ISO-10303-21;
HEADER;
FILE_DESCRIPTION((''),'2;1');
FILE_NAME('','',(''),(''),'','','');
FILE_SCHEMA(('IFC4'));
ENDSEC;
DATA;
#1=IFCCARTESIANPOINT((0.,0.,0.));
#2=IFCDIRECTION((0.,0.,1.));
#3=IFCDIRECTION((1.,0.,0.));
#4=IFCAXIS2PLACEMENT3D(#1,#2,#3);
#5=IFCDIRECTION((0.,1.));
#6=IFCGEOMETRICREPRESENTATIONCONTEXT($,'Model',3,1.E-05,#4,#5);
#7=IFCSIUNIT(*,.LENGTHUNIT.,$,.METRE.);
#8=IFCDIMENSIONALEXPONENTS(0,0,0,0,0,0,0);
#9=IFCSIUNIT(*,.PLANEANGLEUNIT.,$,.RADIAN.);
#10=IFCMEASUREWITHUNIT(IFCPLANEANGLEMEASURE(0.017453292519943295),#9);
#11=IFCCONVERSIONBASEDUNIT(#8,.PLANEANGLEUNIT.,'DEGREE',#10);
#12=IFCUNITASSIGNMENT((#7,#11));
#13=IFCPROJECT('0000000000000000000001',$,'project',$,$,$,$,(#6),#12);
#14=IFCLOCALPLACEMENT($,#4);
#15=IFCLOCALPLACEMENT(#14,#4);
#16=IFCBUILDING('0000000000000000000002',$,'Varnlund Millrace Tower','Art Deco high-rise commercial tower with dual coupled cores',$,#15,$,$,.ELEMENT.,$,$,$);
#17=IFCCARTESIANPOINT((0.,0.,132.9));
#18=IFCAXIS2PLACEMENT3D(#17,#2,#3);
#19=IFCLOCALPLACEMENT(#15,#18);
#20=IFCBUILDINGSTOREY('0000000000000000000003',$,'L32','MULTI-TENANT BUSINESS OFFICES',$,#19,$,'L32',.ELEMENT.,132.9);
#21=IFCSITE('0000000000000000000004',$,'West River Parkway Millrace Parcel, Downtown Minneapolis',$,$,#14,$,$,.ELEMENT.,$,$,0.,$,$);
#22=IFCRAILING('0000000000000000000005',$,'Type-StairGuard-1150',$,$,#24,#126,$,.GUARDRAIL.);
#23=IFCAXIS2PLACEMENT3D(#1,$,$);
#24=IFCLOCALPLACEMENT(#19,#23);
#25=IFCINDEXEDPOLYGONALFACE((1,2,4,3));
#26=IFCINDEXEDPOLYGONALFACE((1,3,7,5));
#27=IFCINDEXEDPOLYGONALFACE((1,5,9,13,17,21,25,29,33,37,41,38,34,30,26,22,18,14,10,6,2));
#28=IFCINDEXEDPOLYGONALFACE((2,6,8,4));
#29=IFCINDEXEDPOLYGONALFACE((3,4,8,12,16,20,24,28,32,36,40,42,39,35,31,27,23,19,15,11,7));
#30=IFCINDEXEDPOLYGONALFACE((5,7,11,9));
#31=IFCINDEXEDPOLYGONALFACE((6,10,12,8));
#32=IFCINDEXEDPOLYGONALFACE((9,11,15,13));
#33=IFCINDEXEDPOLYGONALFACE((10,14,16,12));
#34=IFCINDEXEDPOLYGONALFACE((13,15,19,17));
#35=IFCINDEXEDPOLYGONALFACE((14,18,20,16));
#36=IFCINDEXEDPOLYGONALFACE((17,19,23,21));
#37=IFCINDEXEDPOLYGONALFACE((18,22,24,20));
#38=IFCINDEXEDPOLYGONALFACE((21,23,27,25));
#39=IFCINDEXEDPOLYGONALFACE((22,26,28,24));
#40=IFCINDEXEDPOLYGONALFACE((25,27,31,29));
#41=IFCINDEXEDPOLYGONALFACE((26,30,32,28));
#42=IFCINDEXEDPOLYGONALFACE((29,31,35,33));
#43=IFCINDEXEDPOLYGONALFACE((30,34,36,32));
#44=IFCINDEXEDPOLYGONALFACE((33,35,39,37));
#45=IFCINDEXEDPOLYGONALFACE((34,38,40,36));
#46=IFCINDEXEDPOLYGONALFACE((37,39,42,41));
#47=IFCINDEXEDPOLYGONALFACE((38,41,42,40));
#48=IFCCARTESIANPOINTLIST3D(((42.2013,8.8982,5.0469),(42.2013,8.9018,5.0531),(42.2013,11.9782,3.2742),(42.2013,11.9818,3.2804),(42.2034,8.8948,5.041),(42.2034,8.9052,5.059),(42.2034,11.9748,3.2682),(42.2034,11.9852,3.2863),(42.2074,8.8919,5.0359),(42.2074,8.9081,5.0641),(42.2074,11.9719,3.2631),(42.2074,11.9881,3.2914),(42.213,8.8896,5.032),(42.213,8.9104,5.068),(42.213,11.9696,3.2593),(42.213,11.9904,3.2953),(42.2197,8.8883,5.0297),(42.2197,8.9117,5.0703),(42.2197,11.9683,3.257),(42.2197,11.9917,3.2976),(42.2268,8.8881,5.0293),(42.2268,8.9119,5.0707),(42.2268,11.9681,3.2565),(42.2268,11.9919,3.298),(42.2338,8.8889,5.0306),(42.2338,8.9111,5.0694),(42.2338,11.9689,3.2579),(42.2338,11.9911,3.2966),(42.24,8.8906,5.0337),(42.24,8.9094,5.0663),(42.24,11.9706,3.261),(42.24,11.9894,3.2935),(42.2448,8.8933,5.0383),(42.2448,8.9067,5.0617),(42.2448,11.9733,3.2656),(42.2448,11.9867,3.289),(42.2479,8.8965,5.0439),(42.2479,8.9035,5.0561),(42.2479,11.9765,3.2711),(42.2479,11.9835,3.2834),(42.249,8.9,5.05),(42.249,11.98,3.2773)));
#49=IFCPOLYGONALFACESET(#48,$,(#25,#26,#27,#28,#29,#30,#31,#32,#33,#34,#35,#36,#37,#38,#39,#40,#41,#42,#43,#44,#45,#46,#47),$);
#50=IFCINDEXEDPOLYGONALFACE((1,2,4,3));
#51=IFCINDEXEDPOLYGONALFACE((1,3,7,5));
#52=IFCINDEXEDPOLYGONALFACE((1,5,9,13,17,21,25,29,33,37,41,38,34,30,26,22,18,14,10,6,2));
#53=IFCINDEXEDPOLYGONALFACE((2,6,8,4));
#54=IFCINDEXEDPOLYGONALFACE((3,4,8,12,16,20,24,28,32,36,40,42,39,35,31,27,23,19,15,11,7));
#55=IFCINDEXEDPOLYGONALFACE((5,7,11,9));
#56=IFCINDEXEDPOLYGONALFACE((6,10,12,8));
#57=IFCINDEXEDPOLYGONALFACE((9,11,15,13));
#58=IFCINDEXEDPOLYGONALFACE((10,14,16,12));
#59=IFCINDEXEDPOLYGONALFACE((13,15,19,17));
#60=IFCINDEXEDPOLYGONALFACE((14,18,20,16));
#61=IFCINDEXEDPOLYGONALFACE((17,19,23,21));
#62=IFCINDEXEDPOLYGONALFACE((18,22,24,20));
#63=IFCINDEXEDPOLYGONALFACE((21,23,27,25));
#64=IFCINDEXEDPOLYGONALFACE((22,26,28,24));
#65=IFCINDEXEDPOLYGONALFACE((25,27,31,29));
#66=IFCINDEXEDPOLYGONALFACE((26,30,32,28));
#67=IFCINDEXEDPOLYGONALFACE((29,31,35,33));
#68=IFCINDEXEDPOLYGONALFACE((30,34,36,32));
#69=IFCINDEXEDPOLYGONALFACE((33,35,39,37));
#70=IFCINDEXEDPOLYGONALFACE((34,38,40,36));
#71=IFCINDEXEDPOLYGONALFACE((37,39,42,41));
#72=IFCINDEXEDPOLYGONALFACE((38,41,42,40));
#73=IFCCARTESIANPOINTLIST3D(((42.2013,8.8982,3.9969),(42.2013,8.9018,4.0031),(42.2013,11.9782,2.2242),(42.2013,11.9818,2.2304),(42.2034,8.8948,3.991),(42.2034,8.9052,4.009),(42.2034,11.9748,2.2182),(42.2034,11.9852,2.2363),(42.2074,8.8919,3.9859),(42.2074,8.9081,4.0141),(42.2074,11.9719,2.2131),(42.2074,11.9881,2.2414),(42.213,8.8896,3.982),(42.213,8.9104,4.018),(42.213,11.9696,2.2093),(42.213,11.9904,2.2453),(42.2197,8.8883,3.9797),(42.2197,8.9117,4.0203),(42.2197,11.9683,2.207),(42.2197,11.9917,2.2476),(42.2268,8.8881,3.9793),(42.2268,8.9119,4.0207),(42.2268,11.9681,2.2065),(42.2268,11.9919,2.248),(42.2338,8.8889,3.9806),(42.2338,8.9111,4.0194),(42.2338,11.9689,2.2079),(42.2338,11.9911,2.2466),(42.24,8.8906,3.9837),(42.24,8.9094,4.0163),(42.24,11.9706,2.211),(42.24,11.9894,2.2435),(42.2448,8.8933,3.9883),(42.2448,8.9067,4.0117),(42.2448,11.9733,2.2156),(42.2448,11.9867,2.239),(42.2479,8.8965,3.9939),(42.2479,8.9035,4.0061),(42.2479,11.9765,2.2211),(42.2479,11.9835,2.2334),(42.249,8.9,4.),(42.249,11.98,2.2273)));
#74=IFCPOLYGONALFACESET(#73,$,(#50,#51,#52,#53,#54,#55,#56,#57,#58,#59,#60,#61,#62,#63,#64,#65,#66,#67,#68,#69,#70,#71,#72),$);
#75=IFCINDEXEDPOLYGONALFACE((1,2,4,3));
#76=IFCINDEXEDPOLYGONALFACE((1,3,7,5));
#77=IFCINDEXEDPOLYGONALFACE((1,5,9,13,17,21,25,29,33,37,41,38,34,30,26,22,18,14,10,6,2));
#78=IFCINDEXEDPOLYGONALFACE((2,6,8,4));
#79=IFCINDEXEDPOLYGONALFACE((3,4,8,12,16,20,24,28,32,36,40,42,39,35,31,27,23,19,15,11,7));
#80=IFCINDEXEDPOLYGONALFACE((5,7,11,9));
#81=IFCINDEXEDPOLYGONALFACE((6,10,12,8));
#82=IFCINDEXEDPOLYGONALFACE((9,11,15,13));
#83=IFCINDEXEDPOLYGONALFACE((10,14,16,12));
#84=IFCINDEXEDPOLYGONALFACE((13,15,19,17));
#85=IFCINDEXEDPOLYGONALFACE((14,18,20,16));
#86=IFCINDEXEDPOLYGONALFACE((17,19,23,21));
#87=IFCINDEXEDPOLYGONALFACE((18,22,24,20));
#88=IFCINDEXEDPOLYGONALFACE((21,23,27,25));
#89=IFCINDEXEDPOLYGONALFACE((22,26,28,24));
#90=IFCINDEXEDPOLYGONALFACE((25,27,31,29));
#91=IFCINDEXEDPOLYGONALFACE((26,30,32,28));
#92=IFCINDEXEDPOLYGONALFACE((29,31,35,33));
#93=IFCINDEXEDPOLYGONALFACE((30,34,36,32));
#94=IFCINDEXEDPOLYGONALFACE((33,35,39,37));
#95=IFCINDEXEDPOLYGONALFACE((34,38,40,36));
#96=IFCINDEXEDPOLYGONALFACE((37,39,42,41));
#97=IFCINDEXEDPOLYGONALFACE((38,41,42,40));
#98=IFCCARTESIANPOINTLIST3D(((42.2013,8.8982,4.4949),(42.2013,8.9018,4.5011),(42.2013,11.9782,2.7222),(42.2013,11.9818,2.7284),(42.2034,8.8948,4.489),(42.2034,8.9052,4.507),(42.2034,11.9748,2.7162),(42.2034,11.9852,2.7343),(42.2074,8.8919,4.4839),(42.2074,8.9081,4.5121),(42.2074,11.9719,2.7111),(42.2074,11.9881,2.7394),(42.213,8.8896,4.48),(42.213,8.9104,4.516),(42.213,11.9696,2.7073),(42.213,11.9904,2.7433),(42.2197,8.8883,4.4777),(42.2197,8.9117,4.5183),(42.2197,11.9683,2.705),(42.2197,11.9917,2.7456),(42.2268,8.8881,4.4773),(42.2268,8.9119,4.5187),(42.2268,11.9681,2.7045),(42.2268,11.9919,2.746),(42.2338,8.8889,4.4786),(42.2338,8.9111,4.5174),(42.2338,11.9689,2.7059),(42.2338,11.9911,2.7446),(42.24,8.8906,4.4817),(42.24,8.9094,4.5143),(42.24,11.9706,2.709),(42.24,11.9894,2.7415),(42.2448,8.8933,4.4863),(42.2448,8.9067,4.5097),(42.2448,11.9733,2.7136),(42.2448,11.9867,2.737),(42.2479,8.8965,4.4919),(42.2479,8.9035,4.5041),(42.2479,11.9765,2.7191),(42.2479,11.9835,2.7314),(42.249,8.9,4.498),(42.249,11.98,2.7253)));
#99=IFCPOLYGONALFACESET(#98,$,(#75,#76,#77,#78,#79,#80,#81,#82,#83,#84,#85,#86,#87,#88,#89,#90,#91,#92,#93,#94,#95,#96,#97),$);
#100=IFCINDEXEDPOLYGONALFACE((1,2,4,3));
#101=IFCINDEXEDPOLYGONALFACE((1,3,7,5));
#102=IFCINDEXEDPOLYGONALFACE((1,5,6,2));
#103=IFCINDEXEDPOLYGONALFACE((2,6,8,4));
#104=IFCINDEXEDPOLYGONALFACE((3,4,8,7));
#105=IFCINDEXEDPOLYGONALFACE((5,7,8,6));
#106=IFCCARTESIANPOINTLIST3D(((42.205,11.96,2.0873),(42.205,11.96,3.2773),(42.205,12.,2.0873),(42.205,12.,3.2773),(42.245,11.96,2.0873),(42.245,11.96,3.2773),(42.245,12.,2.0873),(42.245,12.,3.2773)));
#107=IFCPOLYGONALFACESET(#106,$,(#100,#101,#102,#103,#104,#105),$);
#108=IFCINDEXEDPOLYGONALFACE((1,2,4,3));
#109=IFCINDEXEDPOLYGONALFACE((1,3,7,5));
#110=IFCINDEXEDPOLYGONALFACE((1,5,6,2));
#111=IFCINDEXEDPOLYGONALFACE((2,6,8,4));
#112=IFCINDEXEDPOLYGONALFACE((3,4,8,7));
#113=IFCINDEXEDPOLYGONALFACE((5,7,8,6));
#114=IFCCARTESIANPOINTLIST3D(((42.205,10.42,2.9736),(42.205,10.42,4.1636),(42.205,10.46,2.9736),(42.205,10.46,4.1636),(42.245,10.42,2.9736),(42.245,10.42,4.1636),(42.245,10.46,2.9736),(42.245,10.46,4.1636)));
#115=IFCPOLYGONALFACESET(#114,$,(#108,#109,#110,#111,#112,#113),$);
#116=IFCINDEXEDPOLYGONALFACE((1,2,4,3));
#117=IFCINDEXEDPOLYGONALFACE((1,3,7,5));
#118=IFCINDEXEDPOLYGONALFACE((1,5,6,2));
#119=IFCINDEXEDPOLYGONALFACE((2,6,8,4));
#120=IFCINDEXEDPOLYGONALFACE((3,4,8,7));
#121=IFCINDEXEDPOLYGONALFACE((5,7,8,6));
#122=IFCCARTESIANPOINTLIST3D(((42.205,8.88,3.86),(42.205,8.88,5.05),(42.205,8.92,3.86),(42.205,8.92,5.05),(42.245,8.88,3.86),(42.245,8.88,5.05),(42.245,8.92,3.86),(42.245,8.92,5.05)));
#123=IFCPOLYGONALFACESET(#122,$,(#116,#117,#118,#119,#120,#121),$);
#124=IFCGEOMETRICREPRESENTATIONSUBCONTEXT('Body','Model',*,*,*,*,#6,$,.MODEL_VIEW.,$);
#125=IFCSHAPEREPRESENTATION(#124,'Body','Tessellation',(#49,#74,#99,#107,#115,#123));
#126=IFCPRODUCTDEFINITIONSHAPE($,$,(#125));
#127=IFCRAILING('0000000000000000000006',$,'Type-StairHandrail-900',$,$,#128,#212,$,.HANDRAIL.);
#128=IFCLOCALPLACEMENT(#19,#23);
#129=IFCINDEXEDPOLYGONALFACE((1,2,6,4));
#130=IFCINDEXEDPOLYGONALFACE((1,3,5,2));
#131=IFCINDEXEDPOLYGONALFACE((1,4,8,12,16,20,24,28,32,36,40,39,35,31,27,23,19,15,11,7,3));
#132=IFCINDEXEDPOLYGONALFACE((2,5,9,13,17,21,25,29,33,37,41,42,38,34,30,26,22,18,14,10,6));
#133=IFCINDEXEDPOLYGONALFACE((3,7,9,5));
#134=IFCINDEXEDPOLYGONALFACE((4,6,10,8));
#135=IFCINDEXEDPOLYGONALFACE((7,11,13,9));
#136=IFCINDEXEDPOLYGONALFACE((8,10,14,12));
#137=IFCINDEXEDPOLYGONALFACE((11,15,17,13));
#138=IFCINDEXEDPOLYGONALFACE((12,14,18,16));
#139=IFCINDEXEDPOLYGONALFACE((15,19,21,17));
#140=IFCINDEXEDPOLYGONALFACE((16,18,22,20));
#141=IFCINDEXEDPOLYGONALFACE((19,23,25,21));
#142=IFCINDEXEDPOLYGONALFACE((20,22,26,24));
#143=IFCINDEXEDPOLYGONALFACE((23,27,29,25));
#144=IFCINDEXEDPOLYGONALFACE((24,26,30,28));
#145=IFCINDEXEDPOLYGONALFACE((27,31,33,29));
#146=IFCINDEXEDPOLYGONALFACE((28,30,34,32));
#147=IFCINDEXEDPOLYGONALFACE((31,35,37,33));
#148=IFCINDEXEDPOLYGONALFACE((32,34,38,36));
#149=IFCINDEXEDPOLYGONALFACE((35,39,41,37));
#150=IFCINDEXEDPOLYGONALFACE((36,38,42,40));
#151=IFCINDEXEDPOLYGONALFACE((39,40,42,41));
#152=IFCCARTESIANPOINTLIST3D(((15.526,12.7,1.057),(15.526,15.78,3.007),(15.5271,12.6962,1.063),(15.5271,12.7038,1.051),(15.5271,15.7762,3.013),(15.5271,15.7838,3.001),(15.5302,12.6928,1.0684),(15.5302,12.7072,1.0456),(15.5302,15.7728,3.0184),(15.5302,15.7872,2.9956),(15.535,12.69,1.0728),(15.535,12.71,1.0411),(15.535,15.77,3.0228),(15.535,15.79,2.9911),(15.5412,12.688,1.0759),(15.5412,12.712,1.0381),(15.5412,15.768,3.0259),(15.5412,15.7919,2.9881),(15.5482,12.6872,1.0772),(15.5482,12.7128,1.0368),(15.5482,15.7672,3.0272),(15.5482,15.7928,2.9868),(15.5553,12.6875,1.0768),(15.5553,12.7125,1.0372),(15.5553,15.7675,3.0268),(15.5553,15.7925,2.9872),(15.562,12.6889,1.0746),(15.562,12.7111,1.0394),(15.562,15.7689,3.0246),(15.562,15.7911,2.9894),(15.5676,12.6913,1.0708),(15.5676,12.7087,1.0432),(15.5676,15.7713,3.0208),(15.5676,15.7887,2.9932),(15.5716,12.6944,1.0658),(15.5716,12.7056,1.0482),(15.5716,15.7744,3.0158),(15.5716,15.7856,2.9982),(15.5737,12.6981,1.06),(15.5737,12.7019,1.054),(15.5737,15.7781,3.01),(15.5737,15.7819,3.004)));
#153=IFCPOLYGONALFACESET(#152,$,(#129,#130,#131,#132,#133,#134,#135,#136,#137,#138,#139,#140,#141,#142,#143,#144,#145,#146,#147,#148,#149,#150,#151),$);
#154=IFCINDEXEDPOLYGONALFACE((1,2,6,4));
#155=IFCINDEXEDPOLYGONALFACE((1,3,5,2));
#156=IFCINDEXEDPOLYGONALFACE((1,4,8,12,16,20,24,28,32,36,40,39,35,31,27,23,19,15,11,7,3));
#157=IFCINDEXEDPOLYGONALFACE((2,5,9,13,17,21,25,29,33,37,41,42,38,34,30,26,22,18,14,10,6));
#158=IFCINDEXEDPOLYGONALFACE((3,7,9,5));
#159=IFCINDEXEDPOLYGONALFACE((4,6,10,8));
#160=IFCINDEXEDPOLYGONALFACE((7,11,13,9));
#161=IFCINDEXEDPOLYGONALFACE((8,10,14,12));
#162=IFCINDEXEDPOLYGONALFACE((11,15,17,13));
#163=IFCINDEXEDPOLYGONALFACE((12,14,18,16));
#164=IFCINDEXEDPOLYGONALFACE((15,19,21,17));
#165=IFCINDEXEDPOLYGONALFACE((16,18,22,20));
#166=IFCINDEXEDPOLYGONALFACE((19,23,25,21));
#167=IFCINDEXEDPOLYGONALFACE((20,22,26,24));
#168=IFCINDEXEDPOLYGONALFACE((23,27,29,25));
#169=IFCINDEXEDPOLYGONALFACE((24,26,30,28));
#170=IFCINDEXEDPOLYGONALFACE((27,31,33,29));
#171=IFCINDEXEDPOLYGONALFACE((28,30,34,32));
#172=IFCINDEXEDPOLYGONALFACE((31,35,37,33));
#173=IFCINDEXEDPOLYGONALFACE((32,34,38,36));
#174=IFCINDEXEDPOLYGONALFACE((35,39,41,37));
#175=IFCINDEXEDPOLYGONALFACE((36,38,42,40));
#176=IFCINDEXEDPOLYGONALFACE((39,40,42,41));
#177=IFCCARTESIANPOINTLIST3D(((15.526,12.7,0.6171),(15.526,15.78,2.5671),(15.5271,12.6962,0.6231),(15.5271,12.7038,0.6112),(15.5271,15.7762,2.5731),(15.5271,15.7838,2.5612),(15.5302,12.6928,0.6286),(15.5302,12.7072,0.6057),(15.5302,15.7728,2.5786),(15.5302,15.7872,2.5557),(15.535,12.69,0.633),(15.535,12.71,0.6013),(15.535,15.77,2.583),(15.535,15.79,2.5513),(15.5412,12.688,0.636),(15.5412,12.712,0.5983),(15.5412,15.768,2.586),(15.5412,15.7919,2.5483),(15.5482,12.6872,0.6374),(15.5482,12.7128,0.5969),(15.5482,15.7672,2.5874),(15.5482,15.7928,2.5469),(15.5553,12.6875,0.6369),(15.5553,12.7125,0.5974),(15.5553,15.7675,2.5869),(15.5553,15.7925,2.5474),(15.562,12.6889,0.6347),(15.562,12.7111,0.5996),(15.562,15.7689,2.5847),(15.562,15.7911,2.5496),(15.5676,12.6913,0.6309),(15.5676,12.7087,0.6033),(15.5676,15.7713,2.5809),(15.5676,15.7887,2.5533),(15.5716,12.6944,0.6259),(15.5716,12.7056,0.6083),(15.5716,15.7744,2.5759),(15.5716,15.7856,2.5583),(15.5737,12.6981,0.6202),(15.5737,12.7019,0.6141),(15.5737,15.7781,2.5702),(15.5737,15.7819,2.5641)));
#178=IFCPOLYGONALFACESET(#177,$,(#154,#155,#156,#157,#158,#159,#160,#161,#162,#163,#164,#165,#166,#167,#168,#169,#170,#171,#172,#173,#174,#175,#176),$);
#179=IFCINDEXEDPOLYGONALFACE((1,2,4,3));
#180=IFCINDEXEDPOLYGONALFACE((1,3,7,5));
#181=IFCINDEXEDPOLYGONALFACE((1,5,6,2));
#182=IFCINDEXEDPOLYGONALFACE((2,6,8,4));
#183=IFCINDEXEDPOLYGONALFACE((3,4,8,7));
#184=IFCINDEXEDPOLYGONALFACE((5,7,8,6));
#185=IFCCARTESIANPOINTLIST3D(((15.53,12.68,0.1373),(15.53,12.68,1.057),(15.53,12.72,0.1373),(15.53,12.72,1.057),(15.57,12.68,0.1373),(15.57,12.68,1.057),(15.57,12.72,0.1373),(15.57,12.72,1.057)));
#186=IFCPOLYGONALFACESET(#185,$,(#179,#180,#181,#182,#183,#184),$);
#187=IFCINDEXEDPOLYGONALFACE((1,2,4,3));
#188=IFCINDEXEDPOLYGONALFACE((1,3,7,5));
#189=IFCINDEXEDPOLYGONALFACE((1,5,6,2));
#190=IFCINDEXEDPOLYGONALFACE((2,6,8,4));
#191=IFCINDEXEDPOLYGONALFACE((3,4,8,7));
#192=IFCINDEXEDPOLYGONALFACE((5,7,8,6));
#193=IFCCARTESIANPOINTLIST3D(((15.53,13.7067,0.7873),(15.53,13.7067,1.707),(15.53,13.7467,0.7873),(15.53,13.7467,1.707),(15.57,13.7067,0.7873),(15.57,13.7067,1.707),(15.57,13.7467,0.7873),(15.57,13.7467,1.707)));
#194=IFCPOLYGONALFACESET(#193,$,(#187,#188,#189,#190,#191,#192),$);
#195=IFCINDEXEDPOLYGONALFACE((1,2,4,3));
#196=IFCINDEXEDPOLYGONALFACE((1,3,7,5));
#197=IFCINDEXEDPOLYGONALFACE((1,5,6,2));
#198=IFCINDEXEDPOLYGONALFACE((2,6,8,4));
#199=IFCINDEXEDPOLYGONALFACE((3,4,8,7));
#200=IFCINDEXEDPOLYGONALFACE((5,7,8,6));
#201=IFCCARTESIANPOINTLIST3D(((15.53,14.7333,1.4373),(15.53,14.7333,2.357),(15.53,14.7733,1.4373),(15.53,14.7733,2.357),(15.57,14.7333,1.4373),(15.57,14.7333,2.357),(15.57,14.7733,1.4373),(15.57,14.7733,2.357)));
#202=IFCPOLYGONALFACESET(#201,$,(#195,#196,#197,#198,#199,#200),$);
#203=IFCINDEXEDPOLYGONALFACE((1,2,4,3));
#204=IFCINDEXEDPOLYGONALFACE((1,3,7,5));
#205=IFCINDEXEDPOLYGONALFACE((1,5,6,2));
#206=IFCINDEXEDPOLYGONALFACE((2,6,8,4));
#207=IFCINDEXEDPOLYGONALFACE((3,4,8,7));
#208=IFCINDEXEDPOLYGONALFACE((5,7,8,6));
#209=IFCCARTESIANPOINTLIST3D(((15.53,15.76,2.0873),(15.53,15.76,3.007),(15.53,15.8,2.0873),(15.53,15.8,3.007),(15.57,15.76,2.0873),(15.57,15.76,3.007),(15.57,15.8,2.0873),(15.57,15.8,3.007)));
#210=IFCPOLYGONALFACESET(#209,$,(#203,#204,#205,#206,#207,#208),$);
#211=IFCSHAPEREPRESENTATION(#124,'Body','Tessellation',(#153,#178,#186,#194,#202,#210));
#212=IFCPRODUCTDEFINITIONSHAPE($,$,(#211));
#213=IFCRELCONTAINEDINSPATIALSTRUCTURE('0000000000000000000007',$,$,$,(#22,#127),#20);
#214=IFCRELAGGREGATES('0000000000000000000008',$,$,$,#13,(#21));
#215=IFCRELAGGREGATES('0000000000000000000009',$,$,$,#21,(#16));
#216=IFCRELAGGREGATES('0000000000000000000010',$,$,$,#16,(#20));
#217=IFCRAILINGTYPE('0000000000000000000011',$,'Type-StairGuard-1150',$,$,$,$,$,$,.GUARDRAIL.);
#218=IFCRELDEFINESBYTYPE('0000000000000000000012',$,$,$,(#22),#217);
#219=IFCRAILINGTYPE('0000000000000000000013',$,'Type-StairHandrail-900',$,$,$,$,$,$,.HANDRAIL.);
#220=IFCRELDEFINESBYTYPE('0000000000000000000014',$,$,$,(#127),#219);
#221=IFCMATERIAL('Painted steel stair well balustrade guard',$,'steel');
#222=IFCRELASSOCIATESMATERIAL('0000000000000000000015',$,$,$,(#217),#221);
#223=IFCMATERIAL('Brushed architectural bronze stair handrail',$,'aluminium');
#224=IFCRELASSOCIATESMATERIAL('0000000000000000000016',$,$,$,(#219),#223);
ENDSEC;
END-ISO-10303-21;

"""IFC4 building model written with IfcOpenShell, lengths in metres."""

from ifc_helpers import new_model, entity, si_unit, converted_unit, direction, frame, origin_with_axes, origin_2d_with_axis, place, context, subcontext, project, spatial, rectangle, circle, extrude, material, type_object, element, save


model = new_model("IFC4")

# Units and contexts
model_context = context("Model", 3, precision=1e-05, world=origin_with_axes(), true_north=direction((0.0, 1.0)))
body_context = subcontext(model_context, "Body", "Model", "MODEL_VIEW")
ifc_project = project(units=[si_unit("LENGTHUNIT", "METRE"), converted_unit("PLANEANGLEUNIT", "DEGREE", entity("IfcPlaneAngleMeasure", 0.017453292519943295), si_unit("PLANEANGLEUNIT", "RADIAN"), dimensions=[0, 0, 0, 0, 0, 0, 0])], contexts=[model_context])

# Site, building, storey
site_placement = place(None, origin_with_axes())
site = spatial("IfcSite", under=ifc_project, at=site_placement, Name="West River Parkway Millrace Parcel, Downtown Minneapolis", CompositionType="ELEMENT", RefElevation=0.0)
building_placement = place(site_placement, origin_with_axes())
building = spatial("IfcBuilding", under=site, at=building_placement, Name="Varnlund Millrace Tower", Description="Art Deco high-rise commercial tower with dual coupled cores", CompositionType="ELEMENT")
storey_placement = place(building_placement, frame((0.0, 0.0, 132.9), z_axis=(0.0, 0.0, 1.0), x_axis=(1.0, 0.0, 0.0)))
storey = spatial("IfcBuildingStorey", under=building, at=storey_placement, Name="L32", Description="MULTI-TENANT BUSINESS OFFICES", LongName="L32", CompositionType="ELEMENT", Elevation=132.9)

# Railings
ifc_material_1 = material(Name="Painted steel stair well balustrade guard", Category="steel")
railing_type_1 = type_object("IfcRailingType", Name="Type-StairGuard-1150", PredefinedType="GUARDRAIL", material=ifc_material_1)
railing_1_placement = place(storey_placement, frame((0.0, 0.0, -132.9), z_axis=(0.0, 0.0, 1.0), x_axis=(1.0, 0.0, 0.0)))
element("IfcRailing", 1, at=railing_1_placement, inside=storey, type_object=railing_type_1, Name="Type-StairGuard-1150", PredefinedType="GUARDRAIL", context=body_context, shape_type="SweptSolid", body=[
    extrude(circle(Radius=0.024, at=origin_2d_with_axis()), frame((42.225, 11.98, 136.1773), z_axis=(0.0, -0.866696, 0.498836), x_axis=(1.0, 0.0, 0.0)), (0.0, 0.0, 1.0), 3.5537),
    extrude(circle(Radius=0.024, at=origin_2d_with_axis()), frame((42.225, 11.98, 135.1273), z_axis=(0.0, -0.866696, 0.498836), x_axis=(1.0, 0.0, 0.0)), (0.0, 0.0, 1.0), 3.5537),
    extrude(circle(Radius=0.024, at=origin_2d_with_axis()), frame((42.225, 11.98, 135.6253), z_axis=(0.0, -0.866696, 0.498836), x_axis=(1.0, 0.0, 0.0)), (0.0, 0.0, 1.0), 3.5537),
    extrude(rectangle(XDim=0.04, YDim=0.04, at=origin_2d_with_axis()), frame((42.225, 11.98, 134.9873), z_axis=(0.0, 0.0, 1.0), x_axis=(1.0, 0.0, 0.0)), (0.0, 0.0, 1.0), 1.19),
    extrude(rectangle(XDim=0.04, YDim=0.04, at=origin_2d_with_axis()), frame((42.225, 10.44, 135.8736), z_axis=(0.0, 0.0, 1.0), x_axis=(1.0, 0.0, 0.0)), (0.0, 0.0, 1.0), 1.19),
    extrude(rectangle(XDim=0.04, YDim=0.04, at=origin_2d_with_axis()), frame((42.225, 8.9, 136.76), z_axis=(0.0, 0.0, 1.0), x_axis=(1.0, 0.0, 0.0)), (0.0, 0.0, 1.0), 1.19),
])
ifc_material_2 = material(Name="Brushed architectural bronze stair handrail", Category="aluminium")
railing_type_2 = type_object("IfcRailingType", Name="Type-StairHandrail-900", PredefinedType="HANDRAIL", material=ifc_material_2)
railing_2_placement = place(storey_placement, frame((0.0, 0.0, -132.9), z_axis=(0.0, 0.0, 1.0), x_axis=(1.0, 0.0, 0.0)))
element("IfcRailing", 2, at=railing_2_placement, inside=storey, type_object=railing_type_2, Name="Type-StairHandrail-900", PredefinedType="HANDRAIL", context=body_context, shape_type="SweptSolid", body=[
    extrude(circle(Radius=0.024, at=origin_2d_with_axis()), frame((15.55, 12.7, 133.957), z_axis=(0.0, 0.844902, 0.534922), x_axis=(-1.0, 0.0, 0.0)), (0.0, 0.0, 1.0), 3.6454),
    extrude(circle(Radius=0.024, at=origin_2d_with_axis()), frame((15.55, 12.7, 133.5171), z_axis=(0.0, 0.844902, 0.534922), x_axis=(-1.0, 0.0, 0.0)), (0.0, 0.0, 1.0), 3.6454),
    extrude(rectangle(XDim=0.04, YDim=0.04, at=origin_2d_with_axis()), frame((15.55, 12.7, 133.0373), z_axis=(0.0, 0.0, 1.0), x_axis=(1.0, 0.0, 0.0)), (0.0, 0.0, 1.0), 0.9197),
    extrude(rectangle(XDim=0.04, YDim=0.04, at=origin_2d_with_axis()), frame((15.55, 13.7267, 133.6873), z_axis=(0.0, 0.0, 1.0), x_axis=(1.0, 0.0, 0.0)), (0.0, 0.0, 1.0), 0.9197),
    extrude(rectangle(XDim=0.04, YDim=0.04, at=origin_2d_with_axis()), frame((15.55, 14.7533, 134.3373), z_axis=(0.0, 0.0, 1.0), x_axis=(1.0, 0.0, 0.0)), (0.0, 0.0, 1.0), 0.9197),
    extrude(rectangle(XDim=0.04, YDim=0.04, at=origin_2d_with_axis()), frame((15.55, 15.78, 134.9873), z_axis=(0.0, 0.0, 1.0), x_axis=(1.0, 0.0, 0.0)), (0.0, 0.0, 1.0), 0.9197),
])

save(model, "model.ifc")
